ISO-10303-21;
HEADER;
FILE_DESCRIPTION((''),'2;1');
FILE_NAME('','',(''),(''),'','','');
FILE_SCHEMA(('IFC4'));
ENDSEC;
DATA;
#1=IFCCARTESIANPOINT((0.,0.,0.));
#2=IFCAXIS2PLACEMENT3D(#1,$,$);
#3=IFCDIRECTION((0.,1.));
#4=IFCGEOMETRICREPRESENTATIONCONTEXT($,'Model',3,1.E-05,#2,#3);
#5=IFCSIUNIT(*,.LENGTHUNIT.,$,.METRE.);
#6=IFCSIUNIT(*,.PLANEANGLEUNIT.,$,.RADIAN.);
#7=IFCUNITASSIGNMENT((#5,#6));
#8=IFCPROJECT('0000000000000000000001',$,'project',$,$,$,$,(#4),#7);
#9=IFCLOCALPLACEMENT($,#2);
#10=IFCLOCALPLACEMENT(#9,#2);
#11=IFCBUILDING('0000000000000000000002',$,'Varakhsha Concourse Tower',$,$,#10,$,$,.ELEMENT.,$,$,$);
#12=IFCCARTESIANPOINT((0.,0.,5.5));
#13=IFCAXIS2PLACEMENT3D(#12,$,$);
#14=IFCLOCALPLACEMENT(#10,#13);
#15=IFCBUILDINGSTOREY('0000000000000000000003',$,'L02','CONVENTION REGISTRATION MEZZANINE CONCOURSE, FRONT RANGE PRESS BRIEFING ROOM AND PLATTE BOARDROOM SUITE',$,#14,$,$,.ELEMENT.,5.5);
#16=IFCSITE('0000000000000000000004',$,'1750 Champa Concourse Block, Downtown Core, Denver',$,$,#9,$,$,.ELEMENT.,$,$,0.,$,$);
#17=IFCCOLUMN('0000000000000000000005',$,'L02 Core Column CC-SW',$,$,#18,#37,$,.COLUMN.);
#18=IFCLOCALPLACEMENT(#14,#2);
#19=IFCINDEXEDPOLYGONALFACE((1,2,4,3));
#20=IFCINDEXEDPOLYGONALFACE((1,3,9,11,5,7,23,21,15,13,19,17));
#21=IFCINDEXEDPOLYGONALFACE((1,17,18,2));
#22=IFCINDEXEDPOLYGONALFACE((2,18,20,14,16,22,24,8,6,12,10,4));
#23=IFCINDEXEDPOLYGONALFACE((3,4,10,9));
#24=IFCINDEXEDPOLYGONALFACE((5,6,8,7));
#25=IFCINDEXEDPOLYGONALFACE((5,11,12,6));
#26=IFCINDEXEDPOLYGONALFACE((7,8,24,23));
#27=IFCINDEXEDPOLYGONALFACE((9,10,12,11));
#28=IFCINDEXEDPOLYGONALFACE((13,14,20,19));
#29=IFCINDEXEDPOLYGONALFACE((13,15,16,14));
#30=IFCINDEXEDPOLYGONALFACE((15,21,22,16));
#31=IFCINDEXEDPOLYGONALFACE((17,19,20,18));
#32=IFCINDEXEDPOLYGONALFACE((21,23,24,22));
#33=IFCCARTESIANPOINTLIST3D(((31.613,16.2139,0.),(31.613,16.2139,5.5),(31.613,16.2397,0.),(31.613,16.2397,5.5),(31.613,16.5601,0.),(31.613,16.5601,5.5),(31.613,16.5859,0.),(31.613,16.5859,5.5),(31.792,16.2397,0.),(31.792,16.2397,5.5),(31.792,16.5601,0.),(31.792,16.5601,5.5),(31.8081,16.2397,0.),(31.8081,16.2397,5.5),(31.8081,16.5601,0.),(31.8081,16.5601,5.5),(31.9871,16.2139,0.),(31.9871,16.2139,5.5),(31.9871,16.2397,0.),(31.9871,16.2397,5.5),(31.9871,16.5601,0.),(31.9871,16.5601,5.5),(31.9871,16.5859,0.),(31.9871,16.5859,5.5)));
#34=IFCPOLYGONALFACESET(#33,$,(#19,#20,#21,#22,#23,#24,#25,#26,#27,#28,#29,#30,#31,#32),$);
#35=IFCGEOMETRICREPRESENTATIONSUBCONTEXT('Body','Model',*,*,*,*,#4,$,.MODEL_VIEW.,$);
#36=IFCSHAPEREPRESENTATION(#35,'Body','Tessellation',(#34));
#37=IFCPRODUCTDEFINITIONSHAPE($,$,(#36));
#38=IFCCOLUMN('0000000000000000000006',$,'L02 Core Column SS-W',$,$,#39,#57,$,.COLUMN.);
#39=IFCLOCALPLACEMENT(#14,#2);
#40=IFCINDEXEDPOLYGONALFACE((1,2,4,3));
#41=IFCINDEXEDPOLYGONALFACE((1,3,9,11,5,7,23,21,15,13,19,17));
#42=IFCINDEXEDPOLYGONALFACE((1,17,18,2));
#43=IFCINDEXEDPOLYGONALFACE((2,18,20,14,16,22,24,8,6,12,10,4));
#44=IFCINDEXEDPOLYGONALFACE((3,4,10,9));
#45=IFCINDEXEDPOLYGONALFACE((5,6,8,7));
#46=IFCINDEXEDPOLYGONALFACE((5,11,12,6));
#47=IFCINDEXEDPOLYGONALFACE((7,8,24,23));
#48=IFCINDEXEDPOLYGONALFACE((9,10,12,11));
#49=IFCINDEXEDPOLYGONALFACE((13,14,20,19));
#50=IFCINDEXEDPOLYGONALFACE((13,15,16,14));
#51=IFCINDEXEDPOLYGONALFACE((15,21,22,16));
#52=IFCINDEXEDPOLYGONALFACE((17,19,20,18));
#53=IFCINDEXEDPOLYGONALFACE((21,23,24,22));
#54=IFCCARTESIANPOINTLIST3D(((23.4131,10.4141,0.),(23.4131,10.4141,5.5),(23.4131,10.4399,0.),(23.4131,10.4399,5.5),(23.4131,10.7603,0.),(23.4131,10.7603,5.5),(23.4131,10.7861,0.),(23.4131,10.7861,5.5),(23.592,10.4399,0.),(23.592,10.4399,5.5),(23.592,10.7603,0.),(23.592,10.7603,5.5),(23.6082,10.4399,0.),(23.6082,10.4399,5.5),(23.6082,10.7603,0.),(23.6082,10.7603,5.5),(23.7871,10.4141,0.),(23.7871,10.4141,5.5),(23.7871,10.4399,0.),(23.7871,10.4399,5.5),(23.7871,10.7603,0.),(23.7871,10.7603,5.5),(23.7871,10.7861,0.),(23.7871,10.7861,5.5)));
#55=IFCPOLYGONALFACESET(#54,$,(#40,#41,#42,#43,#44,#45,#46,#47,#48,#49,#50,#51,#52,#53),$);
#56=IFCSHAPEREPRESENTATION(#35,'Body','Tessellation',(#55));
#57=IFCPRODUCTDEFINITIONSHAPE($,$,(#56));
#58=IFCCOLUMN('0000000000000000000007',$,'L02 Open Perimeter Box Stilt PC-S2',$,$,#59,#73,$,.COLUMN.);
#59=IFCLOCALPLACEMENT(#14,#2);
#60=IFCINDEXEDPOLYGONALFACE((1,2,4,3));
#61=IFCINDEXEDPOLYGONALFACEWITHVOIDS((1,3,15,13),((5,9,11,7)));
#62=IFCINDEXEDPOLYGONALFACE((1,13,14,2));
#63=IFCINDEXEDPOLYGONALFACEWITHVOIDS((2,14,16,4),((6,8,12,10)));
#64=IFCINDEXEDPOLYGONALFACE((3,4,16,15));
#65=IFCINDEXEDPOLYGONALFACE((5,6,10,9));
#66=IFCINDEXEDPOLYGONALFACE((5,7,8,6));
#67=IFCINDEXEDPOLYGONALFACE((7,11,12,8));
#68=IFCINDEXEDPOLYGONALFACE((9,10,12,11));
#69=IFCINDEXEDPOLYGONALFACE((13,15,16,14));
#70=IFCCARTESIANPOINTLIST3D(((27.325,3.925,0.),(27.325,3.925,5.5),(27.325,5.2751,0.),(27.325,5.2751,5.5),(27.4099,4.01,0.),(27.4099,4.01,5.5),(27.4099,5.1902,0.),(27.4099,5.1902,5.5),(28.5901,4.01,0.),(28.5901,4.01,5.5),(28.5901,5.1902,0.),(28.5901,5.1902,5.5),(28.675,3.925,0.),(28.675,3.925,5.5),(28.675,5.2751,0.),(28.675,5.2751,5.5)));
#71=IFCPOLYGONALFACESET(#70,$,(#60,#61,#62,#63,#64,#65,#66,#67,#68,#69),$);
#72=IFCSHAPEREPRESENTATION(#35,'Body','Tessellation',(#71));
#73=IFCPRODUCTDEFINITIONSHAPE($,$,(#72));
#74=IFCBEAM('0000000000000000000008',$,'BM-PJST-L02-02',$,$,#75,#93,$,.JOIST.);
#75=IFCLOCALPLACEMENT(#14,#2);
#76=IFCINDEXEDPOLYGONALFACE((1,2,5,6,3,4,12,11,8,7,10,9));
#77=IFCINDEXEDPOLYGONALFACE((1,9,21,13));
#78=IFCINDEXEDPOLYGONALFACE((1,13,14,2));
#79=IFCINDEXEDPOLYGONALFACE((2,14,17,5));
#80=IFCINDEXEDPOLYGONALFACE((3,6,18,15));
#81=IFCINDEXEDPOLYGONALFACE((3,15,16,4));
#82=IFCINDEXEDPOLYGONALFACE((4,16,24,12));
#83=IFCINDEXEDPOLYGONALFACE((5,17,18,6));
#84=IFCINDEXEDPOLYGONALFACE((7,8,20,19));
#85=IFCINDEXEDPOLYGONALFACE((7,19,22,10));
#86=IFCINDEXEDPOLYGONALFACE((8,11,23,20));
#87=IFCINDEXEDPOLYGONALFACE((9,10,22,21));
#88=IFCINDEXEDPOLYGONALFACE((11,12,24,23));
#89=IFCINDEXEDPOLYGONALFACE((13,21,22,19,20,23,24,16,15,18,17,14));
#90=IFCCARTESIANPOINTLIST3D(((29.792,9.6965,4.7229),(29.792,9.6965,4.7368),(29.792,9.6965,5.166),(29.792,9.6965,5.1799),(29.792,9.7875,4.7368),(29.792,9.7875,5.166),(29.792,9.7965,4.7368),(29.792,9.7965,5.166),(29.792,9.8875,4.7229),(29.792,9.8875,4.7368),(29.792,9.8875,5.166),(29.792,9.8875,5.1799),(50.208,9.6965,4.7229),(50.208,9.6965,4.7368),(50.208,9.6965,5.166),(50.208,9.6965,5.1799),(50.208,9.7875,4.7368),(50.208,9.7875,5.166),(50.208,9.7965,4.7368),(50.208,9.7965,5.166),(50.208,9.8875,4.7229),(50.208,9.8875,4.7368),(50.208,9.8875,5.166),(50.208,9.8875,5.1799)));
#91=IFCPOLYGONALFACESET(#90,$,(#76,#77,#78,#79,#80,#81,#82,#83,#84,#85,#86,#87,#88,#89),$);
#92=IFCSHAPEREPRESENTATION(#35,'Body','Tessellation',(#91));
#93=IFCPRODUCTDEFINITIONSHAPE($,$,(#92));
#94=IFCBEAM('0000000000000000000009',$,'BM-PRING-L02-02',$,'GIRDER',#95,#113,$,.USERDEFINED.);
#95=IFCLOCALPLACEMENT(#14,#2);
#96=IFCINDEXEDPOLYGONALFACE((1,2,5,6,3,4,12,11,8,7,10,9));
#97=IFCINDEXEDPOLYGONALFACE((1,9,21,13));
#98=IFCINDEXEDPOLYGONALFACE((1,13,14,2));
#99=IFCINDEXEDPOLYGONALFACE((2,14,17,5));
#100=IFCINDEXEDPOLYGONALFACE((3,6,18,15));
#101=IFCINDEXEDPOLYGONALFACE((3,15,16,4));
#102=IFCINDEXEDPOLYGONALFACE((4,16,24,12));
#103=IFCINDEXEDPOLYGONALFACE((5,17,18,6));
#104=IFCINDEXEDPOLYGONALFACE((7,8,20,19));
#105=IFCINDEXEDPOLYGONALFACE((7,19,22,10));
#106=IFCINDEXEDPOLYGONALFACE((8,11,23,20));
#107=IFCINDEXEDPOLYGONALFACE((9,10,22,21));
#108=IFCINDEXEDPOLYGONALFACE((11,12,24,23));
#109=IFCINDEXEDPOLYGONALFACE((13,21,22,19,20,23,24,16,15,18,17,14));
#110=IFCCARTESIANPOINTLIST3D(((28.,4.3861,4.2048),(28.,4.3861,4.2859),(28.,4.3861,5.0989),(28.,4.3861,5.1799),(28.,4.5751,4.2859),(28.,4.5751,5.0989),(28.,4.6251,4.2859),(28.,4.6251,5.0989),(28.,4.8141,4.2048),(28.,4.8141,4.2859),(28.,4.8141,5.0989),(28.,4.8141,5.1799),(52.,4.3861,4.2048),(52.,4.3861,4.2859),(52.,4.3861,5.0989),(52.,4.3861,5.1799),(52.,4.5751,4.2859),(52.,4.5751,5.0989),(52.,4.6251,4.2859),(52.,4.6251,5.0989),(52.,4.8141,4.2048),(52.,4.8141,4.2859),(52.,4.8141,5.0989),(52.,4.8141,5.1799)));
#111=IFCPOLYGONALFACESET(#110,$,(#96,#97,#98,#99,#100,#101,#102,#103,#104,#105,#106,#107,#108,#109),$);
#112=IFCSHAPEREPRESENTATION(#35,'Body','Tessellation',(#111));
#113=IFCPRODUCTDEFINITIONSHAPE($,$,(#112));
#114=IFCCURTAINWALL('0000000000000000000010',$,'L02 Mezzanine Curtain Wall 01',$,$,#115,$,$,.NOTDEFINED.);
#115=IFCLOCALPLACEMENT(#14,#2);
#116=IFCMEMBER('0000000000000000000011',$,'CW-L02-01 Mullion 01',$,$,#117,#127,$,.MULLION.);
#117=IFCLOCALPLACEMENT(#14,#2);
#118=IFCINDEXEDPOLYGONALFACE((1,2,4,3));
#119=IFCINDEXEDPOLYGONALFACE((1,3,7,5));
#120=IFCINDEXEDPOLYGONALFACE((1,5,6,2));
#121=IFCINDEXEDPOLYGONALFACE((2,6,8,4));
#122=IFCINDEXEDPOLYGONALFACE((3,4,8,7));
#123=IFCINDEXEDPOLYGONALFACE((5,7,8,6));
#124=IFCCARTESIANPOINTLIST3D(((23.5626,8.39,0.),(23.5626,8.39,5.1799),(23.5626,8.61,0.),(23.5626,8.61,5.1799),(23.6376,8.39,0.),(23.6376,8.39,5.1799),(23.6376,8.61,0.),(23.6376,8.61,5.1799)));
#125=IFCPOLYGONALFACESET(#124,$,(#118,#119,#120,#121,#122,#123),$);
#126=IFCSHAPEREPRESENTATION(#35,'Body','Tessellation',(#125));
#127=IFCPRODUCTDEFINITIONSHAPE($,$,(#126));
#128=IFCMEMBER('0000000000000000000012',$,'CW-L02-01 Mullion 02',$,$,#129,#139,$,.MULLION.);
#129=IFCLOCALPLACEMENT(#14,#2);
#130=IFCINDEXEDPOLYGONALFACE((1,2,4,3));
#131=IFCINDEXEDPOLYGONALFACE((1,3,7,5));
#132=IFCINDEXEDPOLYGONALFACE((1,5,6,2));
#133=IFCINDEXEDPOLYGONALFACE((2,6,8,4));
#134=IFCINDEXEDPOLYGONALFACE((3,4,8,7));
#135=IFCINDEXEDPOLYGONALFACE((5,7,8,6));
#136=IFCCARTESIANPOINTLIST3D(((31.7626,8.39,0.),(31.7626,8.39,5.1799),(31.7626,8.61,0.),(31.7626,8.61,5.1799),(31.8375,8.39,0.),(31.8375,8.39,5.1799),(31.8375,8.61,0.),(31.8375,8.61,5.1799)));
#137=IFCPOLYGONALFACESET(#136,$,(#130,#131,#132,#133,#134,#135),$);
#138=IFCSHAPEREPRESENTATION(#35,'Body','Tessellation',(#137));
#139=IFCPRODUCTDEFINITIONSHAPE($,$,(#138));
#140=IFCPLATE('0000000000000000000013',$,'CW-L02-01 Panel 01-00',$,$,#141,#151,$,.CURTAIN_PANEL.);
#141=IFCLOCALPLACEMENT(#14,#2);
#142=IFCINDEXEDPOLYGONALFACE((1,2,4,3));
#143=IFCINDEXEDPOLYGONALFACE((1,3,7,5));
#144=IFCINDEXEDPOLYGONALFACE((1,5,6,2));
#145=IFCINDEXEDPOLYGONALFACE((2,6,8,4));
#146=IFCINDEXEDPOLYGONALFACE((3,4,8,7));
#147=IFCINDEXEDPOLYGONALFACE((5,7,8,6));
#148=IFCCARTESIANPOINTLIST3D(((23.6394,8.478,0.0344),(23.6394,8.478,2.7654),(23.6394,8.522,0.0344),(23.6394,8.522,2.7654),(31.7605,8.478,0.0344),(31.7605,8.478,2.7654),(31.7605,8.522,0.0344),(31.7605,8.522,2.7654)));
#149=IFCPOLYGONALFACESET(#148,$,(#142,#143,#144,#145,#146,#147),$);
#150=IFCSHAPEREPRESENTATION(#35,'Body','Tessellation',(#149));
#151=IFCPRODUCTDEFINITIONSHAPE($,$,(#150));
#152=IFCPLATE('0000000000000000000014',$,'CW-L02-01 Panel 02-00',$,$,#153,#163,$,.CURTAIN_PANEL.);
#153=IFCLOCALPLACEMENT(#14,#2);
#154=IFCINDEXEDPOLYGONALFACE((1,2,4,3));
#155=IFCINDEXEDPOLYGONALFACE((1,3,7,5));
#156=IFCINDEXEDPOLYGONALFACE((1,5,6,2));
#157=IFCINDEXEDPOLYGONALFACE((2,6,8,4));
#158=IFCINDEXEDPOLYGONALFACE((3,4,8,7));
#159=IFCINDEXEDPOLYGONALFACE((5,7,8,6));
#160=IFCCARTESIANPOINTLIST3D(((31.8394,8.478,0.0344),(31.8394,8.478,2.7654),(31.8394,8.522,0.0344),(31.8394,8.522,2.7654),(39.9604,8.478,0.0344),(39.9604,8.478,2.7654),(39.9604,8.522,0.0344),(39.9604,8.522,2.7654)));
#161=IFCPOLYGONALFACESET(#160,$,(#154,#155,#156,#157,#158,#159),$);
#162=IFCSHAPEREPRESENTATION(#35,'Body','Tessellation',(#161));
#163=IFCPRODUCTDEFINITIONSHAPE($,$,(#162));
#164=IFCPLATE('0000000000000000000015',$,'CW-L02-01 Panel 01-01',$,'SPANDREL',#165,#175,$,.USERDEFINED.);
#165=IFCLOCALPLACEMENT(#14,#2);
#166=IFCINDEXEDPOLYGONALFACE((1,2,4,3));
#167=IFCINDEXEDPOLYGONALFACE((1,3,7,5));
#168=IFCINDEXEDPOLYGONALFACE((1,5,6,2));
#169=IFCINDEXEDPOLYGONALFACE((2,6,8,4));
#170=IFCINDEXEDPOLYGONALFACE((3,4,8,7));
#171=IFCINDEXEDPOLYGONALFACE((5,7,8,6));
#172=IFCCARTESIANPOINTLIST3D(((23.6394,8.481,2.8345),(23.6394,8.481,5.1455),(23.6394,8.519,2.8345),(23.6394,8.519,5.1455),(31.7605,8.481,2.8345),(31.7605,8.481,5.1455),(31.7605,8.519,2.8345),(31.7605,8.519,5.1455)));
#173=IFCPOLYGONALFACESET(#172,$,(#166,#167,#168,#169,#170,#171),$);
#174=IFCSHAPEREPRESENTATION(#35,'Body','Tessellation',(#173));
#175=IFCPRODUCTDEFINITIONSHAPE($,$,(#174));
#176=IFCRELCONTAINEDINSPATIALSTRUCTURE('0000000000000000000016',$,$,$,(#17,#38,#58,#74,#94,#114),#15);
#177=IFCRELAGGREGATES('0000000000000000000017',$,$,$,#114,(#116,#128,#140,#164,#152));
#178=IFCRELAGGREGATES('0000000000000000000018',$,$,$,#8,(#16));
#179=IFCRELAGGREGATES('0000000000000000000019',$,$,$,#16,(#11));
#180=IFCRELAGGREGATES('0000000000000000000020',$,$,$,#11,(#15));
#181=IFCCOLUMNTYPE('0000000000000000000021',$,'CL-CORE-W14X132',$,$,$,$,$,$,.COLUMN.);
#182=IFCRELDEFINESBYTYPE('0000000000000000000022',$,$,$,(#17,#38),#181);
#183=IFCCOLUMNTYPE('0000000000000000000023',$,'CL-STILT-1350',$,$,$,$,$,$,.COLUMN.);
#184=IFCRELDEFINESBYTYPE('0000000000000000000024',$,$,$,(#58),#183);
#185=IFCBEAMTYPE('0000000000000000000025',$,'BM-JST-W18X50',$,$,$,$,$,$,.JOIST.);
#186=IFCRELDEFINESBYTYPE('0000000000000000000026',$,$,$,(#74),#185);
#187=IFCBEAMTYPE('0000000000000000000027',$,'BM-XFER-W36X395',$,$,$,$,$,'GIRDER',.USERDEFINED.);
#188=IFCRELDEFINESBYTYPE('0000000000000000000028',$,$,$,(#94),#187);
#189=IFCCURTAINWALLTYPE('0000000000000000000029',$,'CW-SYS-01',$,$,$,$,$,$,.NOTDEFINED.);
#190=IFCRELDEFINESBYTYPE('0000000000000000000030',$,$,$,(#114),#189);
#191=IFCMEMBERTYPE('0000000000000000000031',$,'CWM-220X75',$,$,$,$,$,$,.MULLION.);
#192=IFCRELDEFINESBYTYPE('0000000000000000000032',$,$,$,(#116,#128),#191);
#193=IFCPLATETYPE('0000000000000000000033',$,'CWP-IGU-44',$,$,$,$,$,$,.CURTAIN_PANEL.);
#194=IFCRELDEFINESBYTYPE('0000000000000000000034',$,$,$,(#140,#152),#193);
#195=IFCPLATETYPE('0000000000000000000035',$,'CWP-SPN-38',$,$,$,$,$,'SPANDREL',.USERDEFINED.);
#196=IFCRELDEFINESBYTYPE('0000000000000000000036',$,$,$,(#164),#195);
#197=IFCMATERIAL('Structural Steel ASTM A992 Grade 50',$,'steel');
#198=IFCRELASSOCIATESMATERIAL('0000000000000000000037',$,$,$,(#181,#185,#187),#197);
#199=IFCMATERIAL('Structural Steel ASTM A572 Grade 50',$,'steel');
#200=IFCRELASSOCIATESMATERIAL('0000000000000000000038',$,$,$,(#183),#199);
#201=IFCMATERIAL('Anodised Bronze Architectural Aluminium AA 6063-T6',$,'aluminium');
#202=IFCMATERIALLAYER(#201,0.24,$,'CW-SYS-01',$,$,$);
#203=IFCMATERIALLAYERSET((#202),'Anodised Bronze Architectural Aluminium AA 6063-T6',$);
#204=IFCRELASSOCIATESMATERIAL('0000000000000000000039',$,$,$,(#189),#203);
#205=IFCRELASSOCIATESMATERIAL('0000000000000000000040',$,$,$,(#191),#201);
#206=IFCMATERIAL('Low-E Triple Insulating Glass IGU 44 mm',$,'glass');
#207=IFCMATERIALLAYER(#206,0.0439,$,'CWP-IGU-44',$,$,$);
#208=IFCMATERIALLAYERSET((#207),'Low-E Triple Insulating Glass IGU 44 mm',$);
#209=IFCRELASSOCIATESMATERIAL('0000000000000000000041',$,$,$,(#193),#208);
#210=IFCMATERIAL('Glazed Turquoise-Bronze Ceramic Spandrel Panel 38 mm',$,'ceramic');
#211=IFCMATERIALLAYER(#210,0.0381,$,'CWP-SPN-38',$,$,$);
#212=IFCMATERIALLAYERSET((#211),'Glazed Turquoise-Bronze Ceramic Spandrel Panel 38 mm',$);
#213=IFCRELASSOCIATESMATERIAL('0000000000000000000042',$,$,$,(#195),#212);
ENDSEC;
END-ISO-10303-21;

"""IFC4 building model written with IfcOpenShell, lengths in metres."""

from ifc_helpers import new_model, si_unit, direction, frame, origin, origin_2d, place, context, subcontext, project, spatial, rectangle, hollow_rectangle, i_section, extrude, source, transform, mapped, material, layer, layer_set, material_profile, profile_set, type_object, type_shapes, element, aggregate, save


model = new_model("IFC4")

# Units and contexts
model_context = context("Model", 3, precision=1e-05, world=origin(), true_north=direction((0.0, 1.0)))
body_context = subcontext(model_context, "Body", "Model", "MODEL_VIEW")
ifc_project = project(units=[si_unit("LENGTHUNIT", "METRE"), si_unit("PLANEANGLEUNIT", "RADIAN")], contexts=[model_context])

# Site, building, storey
site_placement = place(None, origin())
site = spatial("IfcSite", under=ifc_project, at=site_placement, Name="1750 Champa Concourse Block, Downtown Core, Denver", CompositionType="ELEMENT", RefElevation=0.0)
building_placement = place(site_placement, origin())
building = spatial("IfcBuilding", under=site, at=building_placement, Name="Varakhsha Concourse Tower", CompositionType="ELEMENT")
storey_placement = place(building_placement, frame((0.0, 0.0, 5.5)))
storey = spatial("IfcBuildingStorey", under=building, at=storey_placement, Name="L02", Description="CONVENTION REGISTRATION MEZZANINE CONCOURSE, FRONT RANGE PRESS BRIEFING ROOM AND PLATTE BOARDROOM SUITE", CompositionType="ELEMENT", Elevation=5.5)

# Columns
ifc_material_1 = material(Name="Structural Steel ASTM A992 Grade 50", Category="steel")
ifc_material_profile_1 = material_profile(ifc_material_1, i_section(OverallWidth=0.374, OverallDepth=0.3721, WebThickness=0.0161, FlangeThickness=0.0259, at=origin_2d()), Name="W14X132")
ifc_profile_set_1 = profile_set([ifc_material_profile_1], Name="Structural Steel ASTM A992 Grade 50")
column_type_1 = type_object("IfcColumnType", Name="CL-CORE-W14X132", PredefinedType="COLUMN", material=ifc_profile_set_1)
for number, where, z_axis, x_axis, name in (
    (1, (31.8, 16.3999, 0.0), (0.0, 0.0, 1.0), (1.0, 0.0, 0.0), "L02 Core Column CC-SW"),
    (2, (23.6001, 10.6001, 0.0), (0.0, 0.0, 1.0), (1.0, 0.0, 0.0), "L02 Core Column SS-W"),
):
    element("IfcColumn", number, at=place(storey_placement, frame(where, z_axis=z_axis, x_axis=x_axis)), inside=storey, type_object=column_type_1, Name=name, PredefinedType="COLUMN", context=body_context, shape_type="SweptSolid", body=[
        extrude(i_section(OverallWidth=0.374, OverallDepth=0.3721, WebThickness=0.0161, FlangeThickness=0.0259, at=origin_2d()), origin(), (0.0, 0.0, 1.0), 5.5),
    ])
ifc_material_2 = material(Name="Structural Steel ASTM A572 Grade 50", Category="steel")
ifc_material_profile_2 = material_profile(ifc_material_2, hollow_rectangle(XDim=1.3501, YDim=1.3501, WallThickness=0.085, at=origin_2d()), Name="BOX 1350x1350x85")
ifc_profile_set_2 = profile_set([ifc_material_profile_2], Name="Structural Steel ASTM A572 Grade 50")
column_type_2 = type_object("IfcColumnType", Name="CL-STILT-1350", PredefinedType="COLUMN", material=ifc_profile_set_2)
column_placement = place(storey_placement, frame((28.0, 4.6001, 0.0), z_axis=(0.0, 0.0, 1.0), x_axis=(1.0, 0.0, 0.0)))
element("IfcColumn", 3, at=column_placement, inside=storey, type_object=column_type_2, Name="L02 Open Perimeter Box Stilt PC-S2", PredefinedType="COLUMN", context=body_context, shape_type="SweptSolid", body=[
    extrude(hollow_rectangle(XDim=1.3501, YDim=1.3501, WallThickness=0.085, at=origin_2d()), origin(), (0.0, 0.0, 1.0), 5.5),
])

# Beams
ifc_material_profile_3 = material_profile(ifc_material_1, i_section(OverallWidth=0.1909, OverallDepth=0.457, WebThickness=0.009, FlangeThickness=0.0139, at=origin_2d()), Name="W18X50")
ifc_profile_set_3 = profile_set([ifc_material_profile_3], Name="Structural Steel ASTM A992 Grade 50")
beam_type_1 = type_object("IfcBeamType", Name="BM-JST-W18X50", PredefinedType="JOIST", material=ifc_profile_set_3)
beam_1_placement = place(storey_placement, frame((29.792, 9.792, 4.9514), z_axis=(1.0, 0.0, 0.0), x_axis=(0.0, 1.0, 0.0)))
element("IfcBeam", 4, at=beam_1_placement, inside=storey, type_object=beam_type_1, Name="BM-PJST-L02-02", PredefinedType="JOIST", context=body_context, shape_type="SweptSolid", body=[
    extrude(i_section(OverallWidth=0.1909, OverallDepth=0.457, WebThickness=0.009, FlangeThickness=0.0139, at=origin_2d()), origin(), (0.0, 0.0, 1.0), 20.416),
])
ifc_material_profile_4 = material_profile(ifc_material_1, i_section(OverallWidth=0.428, OverallDepth=0.9751, WebThickness=0.05, FlangeThickness=0.0811, at=origin_2d()), Name="W36X395")
ifc_profile_set_4 = profile_set([ifc_material_profile_4], Name="Structural Steel ASTM A992 Grade 50")
beam_type_2 = type_object("IfcBeamType", Name="BM-XFER-W36X395", ElementType="GIRDER", PredefinedType="USERDEFINED", material=ifc_profile_set_4)
beam_2_placement = place(storey_placement, frame((28.0, 4.6001, 4.6924), z_axis=(1.0, 0.0, 0.0), x_axis=(0.0, 1.0, 0.0)))
element("IfcBeam", 5, at=beam_2_placement, inside=storey, type_object=beam_type_2, Name="BM-PRING-L02-02", ObjectType="GIRDER", PredefinedType="USERDEFINED", context=body_context, shape_type="SweptSolid", body=[
    extrude(i_section(OverallWidth=0.428, OverallDepth=0.9751, WebThickness=0.05, FlangeThickness=0.0811, at=origin_2d()), origin(), (0.0, 0.0, 1.0), 24.0),
])

# Curtain wall, members, plates
ifc_material_3 = material(Name="Anodised Bronze Architectural Aluminium AA 6063-T6", Category="aluminium")
ifc_layer_1 = layer(ifc_material_3, 0.24, Name="CW-SYS-01")
ifc_layer_set_1 = layer_set([ifc_layer_1], Name="Anodised Bronze Architectural Aluminium AA 6063-T6")
curtain_wall_type = type_object("IfcCurtainWallType", Name="CW-SYS-01", PredefinedType="NOTDEFINED", material=ifc_layer_set_1)
curtain_wall_placement = place(storey_placement, origin())
curtain_wall = element("IfcCurtainWall", 6, at=curtain_wall_placement, inside=storey, type_object=curtain_wall_type, Name="L02 Mezzanine Curtain Wall 01", PredefinedType="NOTDEFINED")
ifc_material_profile_5 = material_profile(ifc_material_3, rectangle(XDim=0.075, YDim=0.22, at=origin_2d()), Name="CWM-220X75")
ifc_profile_set_5 = profile_set([ifc_material_profile_5], Name="Anodised Bronze Architectural Aluminium AA 6063-T6")
member_type = type_object("IfcMemberType", Name="CWM-220X75", PredefinedType="MULLION", material=ifc_profile_set_5)
shared_shape_1 = source(origin(), body_context, "Body", "SweptSolid", [
    extrude(rectangle(XDim=0.075, YDim=0.22, at=origin_2d()), origin(), (0.0, 0.0, 1.0), 5.1799),
])
type_shapes(member_type, [shared_shape_1])
member_1_placement = place(storey_placement, frame((23.6001, 8.5, 0.0), z_axis=(0.0, 0.0, 1.0), x_axis=(1.0, 0.0, 0.0)))
member_1 = element("IfcMember", 7, at=member_1_placement, type_object=member_type, Name="CW-L02-01 Mullion 01", PredefinedType="MULLION", context=body_context, shape_type="MappedRepresentation", body=[
    mapped(shared_shape_1, transform((0.0, 0.0, 0.0), scale=1.0)),
])
member_2_placement = place(storey_placement, frame((31.8, 8.5, 0.0), z_axis=(0.0, 0.0, 1.0), x_axis=(1.0, 0.0, 0.0)))
member_2 = element("IfcMember", 8, at=member_2_placement, type_object=member_type, Name="CW-L02-01 Mullion 02", PredefinedType="MULLION", context=body_context, shape_type="MappedRepresentation", body=[
    mapped(shared_shape_1, transform((0.0, 0.0, 0.0), scale=1.0)),
])
ifc_material_4 = material(Name="Low-E Triple Insulating Glass IGU 44 mm", Category="glass")
ifc_layer_2 = layer(ifc_material_4, 0.0439, Name="CWP-IGU-44")
ifc_layer_set_2 = layer_set([ifc_layer_2], Name="Low-E Triple Insulating Glass IGU 44 mm")
plate_type_1 = type_object("IfcPlateType", Name="CWP-IGU-44", PredefinedType="CURTAIN_PANEL", material=ifc_layer_set_2)
shared_shape_2 = source(origin(), body_context, "Body", "SweptSolid", [
    extrude(rectangle(XDim=8.1211, YDim=0.0439, at=origin_2d()), origin(), (0.0, 0.0, 1.0), 2.731),
])
type_shapes(plate_type_1, [shared_shape_2])
plate_1_placement = place(storey_placement, frame((27.7, 8.5, 0.0344), z_axis=(0.0, 0.0, 1.0), x_axis=(1.0, 0.0, 0.0)))
plate_1 = element("IfcPlate", 9, at=plate_1_placement, type_object=plate_type_1, Name="CW-L02-01 Panel 01-00", PredefinedType="CURTAIN_PANEL", context=body_context, shape_type="MappedRepresentation", body=[
    mapped(shared_shape_2, transform((0.0, 0.0, 0.0), scale=1.0)),
])
plate_2_placement = place(storey_placement, frame((35.8999, 8.5, 0.0344), z_axis=(0.0, 0.0, 1.0), x_axis=(1.0, 0.0, 0.0)))
plate_2 = element("IfcPlate", 10, at=plate_2_placement, type_object=plate_type_1, Name="CW-L02-01 Panel 02-00", PredefinedType="CURTAIN_PANEL", context=body_context, shape_type="MappedRepresentation", body=[
    mapped(shared_shape_2, transform((0.0, 0.0, 0.0), scale=1.0)),
])
ifc_material_5 = material(Name="Glazed Turquoise-Bronze Ceramic Spandrel Panel 38 mm", Category="ceramic")
ifc_layer_3 = layer(ifc_material_5, 0.0381, Name="CWP-SPN-38")
ifc_layer_set_3 = layer_set([ifc_layer_3], Name="Glazed Turquoise-Bronze Ceramic Spandrel Panel 38 mm")
plate_type_2 = type_object("IfcPlateType", Name="CWP-SPN-38", ElementType="SPANDREL", PredefinedType="USERDEFINED", material=ifc_layer_set_3)
shared_shape_3 = source(origin(), body_context, "Body", "SweptSolid", [
    extrude(rectangle(XDim=8.1211, YDim=0.0381, at=origin_2d()), origin(), (0.0, 0.0, 1.0), 2.311),
])
type_shapes(plate_type_2, [shared_shape_3])
plate_3_placement = place(storey_placement, frame((27.7, 8.5, 2.8345), z_axis=(0.0, 0.0, 1.0), x_axis=(1.0, 0.0, 0.0)))
plate_3 = element("IfcPlate", 11, at=plate_3_placement, type_object=plate_type_2, Name="CW-L02-01 Panel 01-01", ObjectType="SPANDREL", PredefinedType="USERDEFINED", context=body_context, shape_type="MappedRepresentation", body=[
    mapped(shared_shape_3, transform((0.0, 0.0, 0.0), scale=1.0)),
])
aggregate(curtain_wall, [member_1, member_2, plate_1, plate_3, plate_2])

save(model, "model.ifc")
